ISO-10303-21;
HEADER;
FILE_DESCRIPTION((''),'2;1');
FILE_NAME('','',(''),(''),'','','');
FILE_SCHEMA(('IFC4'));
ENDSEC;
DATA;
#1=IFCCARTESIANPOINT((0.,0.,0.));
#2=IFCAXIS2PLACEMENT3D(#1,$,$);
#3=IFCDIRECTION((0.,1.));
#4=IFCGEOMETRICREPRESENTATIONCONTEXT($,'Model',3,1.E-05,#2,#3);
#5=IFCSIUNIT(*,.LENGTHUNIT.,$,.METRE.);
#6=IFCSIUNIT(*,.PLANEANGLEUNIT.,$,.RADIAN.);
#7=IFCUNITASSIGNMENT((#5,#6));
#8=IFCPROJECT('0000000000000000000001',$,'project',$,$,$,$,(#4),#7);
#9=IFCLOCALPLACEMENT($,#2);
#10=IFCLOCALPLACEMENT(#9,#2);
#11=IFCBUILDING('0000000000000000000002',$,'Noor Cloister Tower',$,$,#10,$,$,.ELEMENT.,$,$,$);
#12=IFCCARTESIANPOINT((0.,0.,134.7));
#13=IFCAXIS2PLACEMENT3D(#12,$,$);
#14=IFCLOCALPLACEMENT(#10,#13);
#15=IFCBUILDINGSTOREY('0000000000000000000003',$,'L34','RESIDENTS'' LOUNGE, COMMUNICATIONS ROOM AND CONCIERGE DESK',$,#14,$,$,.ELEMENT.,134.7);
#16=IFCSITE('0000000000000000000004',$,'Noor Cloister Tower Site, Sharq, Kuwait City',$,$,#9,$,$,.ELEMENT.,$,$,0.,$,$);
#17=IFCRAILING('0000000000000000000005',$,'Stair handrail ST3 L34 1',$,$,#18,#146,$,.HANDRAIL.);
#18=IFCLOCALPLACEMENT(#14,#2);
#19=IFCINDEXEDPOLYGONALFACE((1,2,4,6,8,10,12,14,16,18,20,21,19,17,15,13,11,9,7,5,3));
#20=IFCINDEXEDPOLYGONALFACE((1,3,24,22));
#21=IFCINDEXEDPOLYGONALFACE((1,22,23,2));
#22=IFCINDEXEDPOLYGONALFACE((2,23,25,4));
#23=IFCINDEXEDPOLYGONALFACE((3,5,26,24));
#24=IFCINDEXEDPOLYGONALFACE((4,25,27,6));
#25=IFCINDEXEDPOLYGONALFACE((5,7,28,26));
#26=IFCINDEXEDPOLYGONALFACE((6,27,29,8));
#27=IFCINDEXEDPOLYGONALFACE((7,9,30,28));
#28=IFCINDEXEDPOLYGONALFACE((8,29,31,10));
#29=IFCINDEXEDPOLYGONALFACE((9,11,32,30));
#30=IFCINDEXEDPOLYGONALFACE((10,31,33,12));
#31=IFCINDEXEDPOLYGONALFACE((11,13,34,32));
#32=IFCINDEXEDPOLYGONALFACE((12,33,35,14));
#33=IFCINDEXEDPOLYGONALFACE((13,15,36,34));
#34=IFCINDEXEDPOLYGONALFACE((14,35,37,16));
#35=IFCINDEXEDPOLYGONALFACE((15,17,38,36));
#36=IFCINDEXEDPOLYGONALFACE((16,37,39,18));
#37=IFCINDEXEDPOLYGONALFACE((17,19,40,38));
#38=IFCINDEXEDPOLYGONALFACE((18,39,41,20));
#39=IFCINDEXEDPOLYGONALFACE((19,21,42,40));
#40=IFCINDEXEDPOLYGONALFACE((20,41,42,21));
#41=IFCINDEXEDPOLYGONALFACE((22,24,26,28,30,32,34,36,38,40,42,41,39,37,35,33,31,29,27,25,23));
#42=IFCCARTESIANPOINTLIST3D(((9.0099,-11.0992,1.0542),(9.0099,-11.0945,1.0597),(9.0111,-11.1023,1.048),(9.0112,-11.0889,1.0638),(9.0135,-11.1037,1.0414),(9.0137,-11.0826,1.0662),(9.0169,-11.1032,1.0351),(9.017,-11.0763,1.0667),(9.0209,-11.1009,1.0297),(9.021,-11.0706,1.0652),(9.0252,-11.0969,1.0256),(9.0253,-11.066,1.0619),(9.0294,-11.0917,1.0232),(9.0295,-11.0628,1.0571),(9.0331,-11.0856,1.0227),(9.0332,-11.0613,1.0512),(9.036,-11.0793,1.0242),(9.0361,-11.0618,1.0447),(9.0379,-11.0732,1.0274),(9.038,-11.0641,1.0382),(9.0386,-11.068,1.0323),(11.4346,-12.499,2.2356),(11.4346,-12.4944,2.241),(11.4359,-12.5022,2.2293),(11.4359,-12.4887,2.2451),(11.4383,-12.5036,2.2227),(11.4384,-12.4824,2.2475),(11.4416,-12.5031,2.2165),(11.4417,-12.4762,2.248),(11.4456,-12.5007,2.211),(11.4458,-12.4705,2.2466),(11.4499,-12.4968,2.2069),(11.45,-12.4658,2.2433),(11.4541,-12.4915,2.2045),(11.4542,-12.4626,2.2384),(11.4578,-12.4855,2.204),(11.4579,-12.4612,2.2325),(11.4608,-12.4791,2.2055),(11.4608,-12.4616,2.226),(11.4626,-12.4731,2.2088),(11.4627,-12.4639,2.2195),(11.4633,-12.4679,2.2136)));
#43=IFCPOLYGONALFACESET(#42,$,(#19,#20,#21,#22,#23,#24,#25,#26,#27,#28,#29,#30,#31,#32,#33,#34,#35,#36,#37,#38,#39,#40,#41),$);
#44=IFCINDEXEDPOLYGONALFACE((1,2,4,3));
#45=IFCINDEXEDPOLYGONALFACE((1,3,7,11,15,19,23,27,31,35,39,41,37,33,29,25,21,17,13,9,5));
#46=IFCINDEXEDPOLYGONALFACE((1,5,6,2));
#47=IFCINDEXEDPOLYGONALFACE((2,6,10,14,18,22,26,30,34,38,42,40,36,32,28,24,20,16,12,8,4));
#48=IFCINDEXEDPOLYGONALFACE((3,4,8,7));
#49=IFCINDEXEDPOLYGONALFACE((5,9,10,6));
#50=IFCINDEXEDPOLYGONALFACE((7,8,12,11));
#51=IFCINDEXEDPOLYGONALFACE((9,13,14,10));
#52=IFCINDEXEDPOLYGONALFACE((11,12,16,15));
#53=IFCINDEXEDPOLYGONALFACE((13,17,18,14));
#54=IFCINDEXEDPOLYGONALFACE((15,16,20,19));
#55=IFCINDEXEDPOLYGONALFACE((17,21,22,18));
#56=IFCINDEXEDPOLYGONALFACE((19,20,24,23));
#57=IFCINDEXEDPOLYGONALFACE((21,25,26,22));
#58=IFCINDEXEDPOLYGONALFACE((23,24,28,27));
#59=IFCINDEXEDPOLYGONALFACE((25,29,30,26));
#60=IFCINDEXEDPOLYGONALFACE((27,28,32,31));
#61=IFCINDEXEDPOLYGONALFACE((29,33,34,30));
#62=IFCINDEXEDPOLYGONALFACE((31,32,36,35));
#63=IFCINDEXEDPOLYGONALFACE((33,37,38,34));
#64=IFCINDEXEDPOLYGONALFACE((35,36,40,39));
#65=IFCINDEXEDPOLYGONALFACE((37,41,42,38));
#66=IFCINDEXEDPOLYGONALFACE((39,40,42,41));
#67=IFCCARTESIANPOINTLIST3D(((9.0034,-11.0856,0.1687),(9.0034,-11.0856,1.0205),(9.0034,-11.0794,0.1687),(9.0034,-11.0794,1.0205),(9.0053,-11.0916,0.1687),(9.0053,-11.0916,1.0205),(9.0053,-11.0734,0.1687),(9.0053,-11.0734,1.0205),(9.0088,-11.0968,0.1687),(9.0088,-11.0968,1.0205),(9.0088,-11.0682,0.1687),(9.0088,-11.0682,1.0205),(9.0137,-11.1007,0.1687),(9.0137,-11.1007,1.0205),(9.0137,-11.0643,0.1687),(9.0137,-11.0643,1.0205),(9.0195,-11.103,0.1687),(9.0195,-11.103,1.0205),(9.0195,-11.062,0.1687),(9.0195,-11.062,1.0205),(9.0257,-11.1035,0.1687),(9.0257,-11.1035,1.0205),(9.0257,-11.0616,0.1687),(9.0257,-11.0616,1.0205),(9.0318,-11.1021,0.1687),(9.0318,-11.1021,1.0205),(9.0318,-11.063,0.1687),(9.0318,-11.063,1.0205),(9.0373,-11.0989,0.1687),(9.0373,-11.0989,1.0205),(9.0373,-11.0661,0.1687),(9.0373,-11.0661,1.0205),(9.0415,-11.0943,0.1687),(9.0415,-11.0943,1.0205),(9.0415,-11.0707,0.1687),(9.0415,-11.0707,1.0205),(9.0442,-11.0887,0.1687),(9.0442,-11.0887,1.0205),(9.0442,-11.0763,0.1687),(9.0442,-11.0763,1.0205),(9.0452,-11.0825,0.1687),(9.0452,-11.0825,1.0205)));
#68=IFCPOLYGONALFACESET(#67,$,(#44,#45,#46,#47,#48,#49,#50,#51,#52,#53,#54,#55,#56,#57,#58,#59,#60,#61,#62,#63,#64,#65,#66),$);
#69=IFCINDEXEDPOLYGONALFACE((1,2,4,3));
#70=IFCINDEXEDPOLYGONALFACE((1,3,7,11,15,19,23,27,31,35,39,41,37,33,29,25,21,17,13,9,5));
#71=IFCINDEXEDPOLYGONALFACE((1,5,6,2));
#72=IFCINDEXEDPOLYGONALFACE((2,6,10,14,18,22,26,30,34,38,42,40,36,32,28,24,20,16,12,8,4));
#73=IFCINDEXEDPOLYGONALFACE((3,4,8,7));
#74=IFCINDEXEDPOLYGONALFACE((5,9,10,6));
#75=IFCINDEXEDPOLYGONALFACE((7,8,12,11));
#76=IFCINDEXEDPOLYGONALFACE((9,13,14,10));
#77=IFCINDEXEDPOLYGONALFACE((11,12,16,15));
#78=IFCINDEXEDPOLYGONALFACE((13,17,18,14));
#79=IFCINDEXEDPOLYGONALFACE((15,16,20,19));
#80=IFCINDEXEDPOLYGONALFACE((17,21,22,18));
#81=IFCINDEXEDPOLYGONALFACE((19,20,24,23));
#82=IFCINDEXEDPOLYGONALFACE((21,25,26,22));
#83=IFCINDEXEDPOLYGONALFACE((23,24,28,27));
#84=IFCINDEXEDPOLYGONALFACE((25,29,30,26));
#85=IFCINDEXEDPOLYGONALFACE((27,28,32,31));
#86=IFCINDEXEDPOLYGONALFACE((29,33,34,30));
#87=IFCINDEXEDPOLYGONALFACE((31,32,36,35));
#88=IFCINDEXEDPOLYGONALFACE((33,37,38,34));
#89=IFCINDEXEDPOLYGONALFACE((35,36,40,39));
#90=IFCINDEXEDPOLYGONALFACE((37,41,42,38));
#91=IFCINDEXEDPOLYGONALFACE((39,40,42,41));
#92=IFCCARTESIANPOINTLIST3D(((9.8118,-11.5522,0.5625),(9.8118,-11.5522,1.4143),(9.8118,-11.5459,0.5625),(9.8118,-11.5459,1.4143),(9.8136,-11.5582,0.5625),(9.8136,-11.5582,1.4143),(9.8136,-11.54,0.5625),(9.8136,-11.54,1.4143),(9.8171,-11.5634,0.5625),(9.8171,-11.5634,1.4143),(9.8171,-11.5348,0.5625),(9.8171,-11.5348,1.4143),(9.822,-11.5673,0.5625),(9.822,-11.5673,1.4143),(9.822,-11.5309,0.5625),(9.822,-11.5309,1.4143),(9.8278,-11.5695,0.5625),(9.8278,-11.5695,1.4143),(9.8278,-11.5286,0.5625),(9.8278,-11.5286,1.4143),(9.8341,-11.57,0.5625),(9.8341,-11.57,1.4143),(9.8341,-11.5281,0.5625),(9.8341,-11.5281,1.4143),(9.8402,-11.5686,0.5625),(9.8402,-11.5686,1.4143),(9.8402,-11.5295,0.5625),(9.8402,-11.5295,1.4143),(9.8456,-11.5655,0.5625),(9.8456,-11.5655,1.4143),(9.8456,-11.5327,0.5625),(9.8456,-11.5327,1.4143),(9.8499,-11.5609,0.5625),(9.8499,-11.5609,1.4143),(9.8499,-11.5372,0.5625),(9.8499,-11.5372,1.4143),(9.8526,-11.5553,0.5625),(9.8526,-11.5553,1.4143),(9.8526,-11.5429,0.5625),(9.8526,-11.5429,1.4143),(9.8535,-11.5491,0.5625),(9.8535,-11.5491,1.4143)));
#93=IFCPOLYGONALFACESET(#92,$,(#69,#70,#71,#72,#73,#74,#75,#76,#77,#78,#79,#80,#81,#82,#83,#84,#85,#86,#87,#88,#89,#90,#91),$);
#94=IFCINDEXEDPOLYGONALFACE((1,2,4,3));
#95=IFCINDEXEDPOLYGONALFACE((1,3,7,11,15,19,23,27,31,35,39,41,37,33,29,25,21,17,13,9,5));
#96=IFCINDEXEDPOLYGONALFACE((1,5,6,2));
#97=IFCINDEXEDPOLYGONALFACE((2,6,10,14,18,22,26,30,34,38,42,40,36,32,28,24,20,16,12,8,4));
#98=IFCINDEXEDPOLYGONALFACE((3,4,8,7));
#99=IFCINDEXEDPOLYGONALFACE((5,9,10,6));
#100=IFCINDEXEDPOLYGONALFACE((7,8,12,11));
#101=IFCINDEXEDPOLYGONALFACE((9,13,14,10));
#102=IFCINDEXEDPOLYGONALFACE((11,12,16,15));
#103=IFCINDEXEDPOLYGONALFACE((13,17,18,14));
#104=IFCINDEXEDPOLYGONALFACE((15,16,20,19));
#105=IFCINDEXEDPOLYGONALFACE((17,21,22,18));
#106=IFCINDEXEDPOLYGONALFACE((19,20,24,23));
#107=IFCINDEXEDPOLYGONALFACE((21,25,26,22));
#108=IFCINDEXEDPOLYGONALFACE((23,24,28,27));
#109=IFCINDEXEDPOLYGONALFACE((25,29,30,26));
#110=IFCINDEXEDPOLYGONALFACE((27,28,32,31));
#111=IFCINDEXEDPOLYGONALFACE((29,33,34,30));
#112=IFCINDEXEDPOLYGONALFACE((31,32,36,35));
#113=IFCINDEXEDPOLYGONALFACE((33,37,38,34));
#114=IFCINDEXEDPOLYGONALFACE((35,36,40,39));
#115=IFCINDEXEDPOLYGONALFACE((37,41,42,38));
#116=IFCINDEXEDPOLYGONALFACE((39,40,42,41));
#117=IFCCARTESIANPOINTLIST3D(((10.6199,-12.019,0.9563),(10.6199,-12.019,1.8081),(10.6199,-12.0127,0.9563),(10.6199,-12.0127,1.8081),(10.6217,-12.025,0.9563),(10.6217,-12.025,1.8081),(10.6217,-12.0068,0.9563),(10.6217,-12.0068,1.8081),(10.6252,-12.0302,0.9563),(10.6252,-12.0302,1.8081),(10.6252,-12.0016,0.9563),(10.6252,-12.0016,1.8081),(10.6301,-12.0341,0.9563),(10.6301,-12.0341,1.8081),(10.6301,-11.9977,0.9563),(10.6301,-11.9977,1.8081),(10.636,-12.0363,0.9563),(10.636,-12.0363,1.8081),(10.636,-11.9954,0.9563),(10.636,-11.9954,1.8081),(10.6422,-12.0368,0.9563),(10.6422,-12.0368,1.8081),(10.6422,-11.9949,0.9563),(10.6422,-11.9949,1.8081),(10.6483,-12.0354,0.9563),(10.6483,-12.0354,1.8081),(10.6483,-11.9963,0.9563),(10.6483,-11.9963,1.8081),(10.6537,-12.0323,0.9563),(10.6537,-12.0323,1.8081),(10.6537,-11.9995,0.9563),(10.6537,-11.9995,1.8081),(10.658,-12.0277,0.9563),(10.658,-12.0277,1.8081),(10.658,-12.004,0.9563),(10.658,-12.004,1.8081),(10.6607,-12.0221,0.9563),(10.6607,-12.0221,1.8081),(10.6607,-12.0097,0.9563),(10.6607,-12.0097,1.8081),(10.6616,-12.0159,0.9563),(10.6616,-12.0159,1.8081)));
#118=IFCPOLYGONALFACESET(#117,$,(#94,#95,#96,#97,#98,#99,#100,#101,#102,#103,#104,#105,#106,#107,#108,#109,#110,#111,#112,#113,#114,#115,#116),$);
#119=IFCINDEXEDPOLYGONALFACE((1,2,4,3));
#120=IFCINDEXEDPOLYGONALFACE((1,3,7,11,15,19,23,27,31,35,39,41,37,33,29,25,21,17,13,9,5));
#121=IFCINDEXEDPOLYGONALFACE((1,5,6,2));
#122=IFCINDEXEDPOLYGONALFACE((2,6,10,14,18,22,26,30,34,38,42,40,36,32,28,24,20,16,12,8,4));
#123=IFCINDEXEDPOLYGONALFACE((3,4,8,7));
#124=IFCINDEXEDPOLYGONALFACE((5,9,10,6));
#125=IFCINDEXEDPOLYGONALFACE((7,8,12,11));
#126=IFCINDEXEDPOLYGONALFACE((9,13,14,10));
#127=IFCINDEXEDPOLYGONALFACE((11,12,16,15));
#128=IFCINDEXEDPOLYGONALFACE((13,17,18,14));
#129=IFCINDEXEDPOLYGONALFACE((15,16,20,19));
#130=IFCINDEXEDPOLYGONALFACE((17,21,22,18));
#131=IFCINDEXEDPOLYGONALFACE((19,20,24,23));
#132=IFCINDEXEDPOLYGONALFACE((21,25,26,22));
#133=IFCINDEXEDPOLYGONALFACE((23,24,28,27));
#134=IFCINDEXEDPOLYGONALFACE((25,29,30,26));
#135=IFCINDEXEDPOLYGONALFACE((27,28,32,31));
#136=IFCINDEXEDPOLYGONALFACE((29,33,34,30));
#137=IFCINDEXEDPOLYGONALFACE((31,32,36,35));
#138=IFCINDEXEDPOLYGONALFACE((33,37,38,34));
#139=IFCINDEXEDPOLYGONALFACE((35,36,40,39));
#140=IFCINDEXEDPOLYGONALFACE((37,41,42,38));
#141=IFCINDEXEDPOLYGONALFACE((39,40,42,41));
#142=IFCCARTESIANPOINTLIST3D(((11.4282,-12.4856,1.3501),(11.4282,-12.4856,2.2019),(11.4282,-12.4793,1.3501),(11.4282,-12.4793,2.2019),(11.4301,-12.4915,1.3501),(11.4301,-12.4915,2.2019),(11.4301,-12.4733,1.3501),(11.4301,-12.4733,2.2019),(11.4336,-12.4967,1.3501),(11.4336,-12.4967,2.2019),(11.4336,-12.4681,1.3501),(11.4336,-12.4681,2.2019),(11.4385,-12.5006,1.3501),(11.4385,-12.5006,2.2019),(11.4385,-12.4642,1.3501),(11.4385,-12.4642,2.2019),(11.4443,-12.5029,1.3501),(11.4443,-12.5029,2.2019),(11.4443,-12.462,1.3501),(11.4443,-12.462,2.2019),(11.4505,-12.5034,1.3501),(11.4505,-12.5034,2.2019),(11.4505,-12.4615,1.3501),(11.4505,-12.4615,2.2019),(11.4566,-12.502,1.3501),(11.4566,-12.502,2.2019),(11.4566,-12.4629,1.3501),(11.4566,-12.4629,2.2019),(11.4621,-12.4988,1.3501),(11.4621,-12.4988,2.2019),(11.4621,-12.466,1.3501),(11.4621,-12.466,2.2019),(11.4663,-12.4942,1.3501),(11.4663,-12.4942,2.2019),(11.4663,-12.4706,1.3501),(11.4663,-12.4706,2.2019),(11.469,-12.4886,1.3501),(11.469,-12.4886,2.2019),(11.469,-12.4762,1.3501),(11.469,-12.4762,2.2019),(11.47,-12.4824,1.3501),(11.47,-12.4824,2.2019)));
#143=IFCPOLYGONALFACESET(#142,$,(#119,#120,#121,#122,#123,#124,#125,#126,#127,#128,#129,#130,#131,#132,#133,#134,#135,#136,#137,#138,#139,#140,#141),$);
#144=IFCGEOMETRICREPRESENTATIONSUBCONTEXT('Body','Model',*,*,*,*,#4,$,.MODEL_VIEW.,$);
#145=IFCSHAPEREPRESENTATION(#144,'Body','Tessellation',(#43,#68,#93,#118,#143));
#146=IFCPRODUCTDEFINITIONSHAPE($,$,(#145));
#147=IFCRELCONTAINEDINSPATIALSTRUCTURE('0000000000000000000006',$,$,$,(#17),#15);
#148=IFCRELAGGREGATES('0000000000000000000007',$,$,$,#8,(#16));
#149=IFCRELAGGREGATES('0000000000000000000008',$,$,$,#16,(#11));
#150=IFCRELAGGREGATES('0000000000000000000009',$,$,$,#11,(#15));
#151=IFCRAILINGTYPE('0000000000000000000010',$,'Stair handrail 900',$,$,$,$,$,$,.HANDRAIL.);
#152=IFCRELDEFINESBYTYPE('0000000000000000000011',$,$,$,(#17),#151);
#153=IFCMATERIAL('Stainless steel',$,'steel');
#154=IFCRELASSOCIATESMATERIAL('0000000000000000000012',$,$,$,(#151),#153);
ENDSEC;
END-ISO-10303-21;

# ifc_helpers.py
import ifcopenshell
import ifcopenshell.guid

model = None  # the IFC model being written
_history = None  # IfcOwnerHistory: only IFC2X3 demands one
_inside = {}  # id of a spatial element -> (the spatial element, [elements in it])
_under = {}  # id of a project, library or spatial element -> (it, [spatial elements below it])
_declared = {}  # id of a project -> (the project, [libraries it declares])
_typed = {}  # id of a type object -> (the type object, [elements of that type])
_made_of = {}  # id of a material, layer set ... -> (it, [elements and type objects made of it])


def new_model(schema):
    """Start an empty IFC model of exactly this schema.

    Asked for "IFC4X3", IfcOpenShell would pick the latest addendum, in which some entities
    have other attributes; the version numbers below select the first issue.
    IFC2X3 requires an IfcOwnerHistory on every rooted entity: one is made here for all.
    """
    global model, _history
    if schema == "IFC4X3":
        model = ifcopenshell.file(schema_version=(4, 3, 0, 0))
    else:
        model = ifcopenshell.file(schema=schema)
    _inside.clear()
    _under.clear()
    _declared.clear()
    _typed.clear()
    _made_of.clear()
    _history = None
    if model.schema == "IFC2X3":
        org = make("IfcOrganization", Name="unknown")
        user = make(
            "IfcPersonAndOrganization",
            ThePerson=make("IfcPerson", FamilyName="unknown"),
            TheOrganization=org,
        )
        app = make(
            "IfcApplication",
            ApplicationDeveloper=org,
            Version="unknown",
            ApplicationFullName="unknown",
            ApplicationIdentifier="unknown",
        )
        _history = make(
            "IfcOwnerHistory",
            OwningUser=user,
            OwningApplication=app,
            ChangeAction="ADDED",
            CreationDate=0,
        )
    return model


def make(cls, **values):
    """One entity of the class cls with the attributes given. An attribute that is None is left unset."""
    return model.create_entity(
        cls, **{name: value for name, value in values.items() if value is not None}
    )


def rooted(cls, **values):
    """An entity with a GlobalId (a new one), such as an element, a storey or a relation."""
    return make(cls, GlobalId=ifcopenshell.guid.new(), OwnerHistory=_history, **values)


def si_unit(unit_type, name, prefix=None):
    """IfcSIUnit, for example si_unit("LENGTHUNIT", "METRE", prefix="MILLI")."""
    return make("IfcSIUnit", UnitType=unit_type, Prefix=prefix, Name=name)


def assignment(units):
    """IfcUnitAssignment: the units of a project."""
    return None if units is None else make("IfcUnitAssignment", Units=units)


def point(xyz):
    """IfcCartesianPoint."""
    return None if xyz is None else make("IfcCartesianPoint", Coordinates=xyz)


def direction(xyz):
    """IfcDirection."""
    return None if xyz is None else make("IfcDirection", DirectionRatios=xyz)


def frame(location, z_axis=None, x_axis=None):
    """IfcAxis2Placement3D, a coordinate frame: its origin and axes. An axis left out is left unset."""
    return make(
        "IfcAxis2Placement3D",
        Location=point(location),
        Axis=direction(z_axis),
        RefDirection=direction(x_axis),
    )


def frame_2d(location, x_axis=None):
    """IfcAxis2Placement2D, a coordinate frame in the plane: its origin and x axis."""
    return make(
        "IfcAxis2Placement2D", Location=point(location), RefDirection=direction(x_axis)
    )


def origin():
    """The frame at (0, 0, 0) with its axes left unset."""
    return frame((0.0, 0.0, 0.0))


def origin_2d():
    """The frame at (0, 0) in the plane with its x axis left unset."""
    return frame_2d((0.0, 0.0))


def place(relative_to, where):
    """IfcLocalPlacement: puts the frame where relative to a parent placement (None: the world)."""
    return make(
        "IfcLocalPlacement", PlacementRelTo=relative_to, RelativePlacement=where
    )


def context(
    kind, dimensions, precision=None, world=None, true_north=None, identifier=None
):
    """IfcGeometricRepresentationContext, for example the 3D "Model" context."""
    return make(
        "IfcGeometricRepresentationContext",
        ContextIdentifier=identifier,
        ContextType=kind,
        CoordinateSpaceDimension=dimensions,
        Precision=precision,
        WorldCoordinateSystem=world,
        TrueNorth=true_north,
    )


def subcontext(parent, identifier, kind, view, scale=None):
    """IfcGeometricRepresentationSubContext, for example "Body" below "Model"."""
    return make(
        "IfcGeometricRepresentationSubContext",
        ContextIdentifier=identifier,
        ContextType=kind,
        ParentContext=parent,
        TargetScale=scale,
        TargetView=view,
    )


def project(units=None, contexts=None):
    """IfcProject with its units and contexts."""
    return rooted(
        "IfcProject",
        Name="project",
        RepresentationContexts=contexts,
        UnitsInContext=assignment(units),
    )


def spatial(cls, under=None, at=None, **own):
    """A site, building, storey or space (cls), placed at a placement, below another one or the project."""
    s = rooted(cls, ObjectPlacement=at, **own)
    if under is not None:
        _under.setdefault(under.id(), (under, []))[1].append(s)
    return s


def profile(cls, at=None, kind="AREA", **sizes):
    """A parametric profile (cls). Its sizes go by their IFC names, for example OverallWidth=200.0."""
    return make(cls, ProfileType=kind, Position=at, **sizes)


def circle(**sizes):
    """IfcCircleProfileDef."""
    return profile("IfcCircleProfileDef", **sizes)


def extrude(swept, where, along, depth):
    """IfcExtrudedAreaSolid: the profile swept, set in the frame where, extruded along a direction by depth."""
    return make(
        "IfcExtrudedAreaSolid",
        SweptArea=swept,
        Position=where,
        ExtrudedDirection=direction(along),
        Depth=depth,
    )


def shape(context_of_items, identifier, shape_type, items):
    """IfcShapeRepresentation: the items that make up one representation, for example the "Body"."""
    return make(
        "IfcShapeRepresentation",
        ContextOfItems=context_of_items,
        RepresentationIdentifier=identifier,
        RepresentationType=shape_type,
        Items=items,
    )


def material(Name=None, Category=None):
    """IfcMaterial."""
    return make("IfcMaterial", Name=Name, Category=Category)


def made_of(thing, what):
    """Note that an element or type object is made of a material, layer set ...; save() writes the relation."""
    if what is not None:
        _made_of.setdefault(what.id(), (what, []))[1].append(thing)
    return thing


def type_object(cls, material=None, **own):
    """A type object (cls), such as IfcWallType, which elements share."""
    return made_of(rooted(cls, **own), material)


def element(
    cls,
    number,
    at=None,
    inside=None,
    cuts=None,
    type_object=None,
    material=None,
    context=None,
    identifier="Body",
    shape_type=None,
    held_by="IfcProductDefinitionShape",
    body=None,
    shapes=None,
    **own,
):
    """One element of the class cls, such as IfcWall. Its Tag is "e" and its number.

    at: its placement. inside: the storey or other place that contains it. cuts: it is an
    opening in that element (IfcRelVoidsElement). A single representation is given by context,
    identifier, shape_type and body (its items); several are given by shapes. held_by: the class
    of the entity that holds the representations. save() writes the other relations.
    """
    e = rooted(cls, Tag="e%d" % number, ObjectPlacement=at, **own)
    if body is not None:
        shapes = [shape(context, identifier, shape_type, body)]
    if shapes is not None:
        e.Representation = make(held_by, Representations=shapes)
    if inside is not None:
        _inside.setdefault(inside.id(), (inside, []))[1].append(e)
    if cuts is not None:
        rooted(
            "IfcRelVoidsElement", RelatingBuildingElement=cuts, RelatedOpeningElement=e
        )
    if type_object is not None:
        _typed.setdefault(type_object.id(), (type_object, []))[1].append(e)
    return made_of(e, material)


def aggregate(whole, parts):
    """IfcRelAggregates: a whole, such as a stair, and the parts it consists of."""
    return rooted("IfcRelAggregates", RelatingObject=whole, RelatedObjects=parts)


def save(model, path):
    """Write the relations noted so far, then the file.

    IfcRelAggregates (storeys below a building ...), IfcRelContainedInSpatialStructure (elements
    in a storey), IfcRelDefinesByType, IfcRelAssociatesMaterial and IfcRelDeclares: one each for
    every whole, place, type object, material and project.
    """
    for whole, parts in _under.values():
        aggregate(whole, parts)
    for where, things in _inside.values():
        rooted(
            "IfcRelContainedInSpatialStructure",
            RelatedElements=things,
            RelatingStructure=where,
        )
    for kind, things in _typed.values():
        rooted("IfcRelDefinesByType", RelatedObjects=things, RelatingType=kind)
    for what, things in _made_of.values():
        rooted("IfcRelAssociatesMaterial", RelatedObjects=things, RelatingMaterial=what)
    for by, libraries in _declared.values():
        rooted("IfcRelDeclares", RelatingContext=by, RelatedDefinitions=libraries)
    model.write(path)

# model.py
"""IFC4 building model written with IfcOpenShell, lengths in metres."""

from ifc_helpers import new_model, si_unit, direction, frame, origin, origin_2d, place, context, subcontext, project, spatial, circle, extrude, material, type_object, element, save


model = new_model("IFC4")

# Units and contexts
model_context = context("Model", 3, precision=1e-05, world=origin(), true_north=direction((0.0, 1.0)))
body_context = subcontext(model_context, "Body", "Model", "MODEL_VIEW")
ifc_project = project(units=[si_unit("LENGTHUNIT", "METRE"), si_unit("PLANEANGLEUNIT", "RADIAN")], contexts=[model_context])

# Site, building, storey
site_placement = place(None, origin())
site = spatial("IfcSite", under=ifc_project, at=site_placement, Name="Noor Cloister Tower Site, Sharq, Kuwait City", CompositionType="ELEMENT", RefElevation=0.0)
building_placement = place(site_placement, origin())
building = spatial("IfcBuilding", under=site, at=building_placement, Name="Noor Cloister Tower", CompositionType="ELEMENT")
storey_placement = place(building_placement, frame((0.0, 0.0, 134.7)))
storey = spatial("IfcBuildingStorey", under=building, at=storey_placement, Name="L34", Description="RESIDENTS' LOUNGE, COMMUNICATIONS ROOM AND CONCIERGE DESK", CompositionType="ELEMENT", Elevation=134.7)

# Railing
ifc_material_1 = material(Name="Stainless steel", Category="steel")
railing_type = type_object("IfcRailingType", Name="Stair handrail 900", PredefinedType="HANDRAIL", material=ifc_material_1)
railing_1_placement = place(storey_placement, frame((9.0242, -11.0825, 0.1687)))
element("IfcRailing", 1, at=railing_1_placement, inside=storey, type_object=railing_type, Name="Stair handrail ST3 L34 1", PredefinedType="HANDRAIL", context=body_context, shape_type="SweptSolid", body=[
    extrude(circle(Radius=0.0239, at=origin_2d()), frame((0.0, 0.0, 0.876), z_axis=(0.797914, -0.460656, 0.388754), x_axis=(0.499984, 0.866035, 0.0)), (0.0, 0.0, 1.0), 3.0388),
    extrude(circle(Radius=0.021, at=origin_2d()), origin(), (0.0, 0.0, 1.0), 0.8518),
    extrude(circle(Radius=0.021, at=origin_2d()), frame((0.8083, -0.4666, 0.3938)), (0.0, 0.0, 1.0), 0.8518),
    extrude(circle(Radius=0.021, at=origin_2d()), frame((1.6165, -0.9333, 0.7876)), (0.0, 0.0, 1.0), 0.8518),
    extrude(circle(Radius=0.021, at=origin_2d()), frame((2.4248, -1.3999, 1.1814)), (0.0, 0.0, 1.0), 0.8518),
])

save(model, "model.ifc")
